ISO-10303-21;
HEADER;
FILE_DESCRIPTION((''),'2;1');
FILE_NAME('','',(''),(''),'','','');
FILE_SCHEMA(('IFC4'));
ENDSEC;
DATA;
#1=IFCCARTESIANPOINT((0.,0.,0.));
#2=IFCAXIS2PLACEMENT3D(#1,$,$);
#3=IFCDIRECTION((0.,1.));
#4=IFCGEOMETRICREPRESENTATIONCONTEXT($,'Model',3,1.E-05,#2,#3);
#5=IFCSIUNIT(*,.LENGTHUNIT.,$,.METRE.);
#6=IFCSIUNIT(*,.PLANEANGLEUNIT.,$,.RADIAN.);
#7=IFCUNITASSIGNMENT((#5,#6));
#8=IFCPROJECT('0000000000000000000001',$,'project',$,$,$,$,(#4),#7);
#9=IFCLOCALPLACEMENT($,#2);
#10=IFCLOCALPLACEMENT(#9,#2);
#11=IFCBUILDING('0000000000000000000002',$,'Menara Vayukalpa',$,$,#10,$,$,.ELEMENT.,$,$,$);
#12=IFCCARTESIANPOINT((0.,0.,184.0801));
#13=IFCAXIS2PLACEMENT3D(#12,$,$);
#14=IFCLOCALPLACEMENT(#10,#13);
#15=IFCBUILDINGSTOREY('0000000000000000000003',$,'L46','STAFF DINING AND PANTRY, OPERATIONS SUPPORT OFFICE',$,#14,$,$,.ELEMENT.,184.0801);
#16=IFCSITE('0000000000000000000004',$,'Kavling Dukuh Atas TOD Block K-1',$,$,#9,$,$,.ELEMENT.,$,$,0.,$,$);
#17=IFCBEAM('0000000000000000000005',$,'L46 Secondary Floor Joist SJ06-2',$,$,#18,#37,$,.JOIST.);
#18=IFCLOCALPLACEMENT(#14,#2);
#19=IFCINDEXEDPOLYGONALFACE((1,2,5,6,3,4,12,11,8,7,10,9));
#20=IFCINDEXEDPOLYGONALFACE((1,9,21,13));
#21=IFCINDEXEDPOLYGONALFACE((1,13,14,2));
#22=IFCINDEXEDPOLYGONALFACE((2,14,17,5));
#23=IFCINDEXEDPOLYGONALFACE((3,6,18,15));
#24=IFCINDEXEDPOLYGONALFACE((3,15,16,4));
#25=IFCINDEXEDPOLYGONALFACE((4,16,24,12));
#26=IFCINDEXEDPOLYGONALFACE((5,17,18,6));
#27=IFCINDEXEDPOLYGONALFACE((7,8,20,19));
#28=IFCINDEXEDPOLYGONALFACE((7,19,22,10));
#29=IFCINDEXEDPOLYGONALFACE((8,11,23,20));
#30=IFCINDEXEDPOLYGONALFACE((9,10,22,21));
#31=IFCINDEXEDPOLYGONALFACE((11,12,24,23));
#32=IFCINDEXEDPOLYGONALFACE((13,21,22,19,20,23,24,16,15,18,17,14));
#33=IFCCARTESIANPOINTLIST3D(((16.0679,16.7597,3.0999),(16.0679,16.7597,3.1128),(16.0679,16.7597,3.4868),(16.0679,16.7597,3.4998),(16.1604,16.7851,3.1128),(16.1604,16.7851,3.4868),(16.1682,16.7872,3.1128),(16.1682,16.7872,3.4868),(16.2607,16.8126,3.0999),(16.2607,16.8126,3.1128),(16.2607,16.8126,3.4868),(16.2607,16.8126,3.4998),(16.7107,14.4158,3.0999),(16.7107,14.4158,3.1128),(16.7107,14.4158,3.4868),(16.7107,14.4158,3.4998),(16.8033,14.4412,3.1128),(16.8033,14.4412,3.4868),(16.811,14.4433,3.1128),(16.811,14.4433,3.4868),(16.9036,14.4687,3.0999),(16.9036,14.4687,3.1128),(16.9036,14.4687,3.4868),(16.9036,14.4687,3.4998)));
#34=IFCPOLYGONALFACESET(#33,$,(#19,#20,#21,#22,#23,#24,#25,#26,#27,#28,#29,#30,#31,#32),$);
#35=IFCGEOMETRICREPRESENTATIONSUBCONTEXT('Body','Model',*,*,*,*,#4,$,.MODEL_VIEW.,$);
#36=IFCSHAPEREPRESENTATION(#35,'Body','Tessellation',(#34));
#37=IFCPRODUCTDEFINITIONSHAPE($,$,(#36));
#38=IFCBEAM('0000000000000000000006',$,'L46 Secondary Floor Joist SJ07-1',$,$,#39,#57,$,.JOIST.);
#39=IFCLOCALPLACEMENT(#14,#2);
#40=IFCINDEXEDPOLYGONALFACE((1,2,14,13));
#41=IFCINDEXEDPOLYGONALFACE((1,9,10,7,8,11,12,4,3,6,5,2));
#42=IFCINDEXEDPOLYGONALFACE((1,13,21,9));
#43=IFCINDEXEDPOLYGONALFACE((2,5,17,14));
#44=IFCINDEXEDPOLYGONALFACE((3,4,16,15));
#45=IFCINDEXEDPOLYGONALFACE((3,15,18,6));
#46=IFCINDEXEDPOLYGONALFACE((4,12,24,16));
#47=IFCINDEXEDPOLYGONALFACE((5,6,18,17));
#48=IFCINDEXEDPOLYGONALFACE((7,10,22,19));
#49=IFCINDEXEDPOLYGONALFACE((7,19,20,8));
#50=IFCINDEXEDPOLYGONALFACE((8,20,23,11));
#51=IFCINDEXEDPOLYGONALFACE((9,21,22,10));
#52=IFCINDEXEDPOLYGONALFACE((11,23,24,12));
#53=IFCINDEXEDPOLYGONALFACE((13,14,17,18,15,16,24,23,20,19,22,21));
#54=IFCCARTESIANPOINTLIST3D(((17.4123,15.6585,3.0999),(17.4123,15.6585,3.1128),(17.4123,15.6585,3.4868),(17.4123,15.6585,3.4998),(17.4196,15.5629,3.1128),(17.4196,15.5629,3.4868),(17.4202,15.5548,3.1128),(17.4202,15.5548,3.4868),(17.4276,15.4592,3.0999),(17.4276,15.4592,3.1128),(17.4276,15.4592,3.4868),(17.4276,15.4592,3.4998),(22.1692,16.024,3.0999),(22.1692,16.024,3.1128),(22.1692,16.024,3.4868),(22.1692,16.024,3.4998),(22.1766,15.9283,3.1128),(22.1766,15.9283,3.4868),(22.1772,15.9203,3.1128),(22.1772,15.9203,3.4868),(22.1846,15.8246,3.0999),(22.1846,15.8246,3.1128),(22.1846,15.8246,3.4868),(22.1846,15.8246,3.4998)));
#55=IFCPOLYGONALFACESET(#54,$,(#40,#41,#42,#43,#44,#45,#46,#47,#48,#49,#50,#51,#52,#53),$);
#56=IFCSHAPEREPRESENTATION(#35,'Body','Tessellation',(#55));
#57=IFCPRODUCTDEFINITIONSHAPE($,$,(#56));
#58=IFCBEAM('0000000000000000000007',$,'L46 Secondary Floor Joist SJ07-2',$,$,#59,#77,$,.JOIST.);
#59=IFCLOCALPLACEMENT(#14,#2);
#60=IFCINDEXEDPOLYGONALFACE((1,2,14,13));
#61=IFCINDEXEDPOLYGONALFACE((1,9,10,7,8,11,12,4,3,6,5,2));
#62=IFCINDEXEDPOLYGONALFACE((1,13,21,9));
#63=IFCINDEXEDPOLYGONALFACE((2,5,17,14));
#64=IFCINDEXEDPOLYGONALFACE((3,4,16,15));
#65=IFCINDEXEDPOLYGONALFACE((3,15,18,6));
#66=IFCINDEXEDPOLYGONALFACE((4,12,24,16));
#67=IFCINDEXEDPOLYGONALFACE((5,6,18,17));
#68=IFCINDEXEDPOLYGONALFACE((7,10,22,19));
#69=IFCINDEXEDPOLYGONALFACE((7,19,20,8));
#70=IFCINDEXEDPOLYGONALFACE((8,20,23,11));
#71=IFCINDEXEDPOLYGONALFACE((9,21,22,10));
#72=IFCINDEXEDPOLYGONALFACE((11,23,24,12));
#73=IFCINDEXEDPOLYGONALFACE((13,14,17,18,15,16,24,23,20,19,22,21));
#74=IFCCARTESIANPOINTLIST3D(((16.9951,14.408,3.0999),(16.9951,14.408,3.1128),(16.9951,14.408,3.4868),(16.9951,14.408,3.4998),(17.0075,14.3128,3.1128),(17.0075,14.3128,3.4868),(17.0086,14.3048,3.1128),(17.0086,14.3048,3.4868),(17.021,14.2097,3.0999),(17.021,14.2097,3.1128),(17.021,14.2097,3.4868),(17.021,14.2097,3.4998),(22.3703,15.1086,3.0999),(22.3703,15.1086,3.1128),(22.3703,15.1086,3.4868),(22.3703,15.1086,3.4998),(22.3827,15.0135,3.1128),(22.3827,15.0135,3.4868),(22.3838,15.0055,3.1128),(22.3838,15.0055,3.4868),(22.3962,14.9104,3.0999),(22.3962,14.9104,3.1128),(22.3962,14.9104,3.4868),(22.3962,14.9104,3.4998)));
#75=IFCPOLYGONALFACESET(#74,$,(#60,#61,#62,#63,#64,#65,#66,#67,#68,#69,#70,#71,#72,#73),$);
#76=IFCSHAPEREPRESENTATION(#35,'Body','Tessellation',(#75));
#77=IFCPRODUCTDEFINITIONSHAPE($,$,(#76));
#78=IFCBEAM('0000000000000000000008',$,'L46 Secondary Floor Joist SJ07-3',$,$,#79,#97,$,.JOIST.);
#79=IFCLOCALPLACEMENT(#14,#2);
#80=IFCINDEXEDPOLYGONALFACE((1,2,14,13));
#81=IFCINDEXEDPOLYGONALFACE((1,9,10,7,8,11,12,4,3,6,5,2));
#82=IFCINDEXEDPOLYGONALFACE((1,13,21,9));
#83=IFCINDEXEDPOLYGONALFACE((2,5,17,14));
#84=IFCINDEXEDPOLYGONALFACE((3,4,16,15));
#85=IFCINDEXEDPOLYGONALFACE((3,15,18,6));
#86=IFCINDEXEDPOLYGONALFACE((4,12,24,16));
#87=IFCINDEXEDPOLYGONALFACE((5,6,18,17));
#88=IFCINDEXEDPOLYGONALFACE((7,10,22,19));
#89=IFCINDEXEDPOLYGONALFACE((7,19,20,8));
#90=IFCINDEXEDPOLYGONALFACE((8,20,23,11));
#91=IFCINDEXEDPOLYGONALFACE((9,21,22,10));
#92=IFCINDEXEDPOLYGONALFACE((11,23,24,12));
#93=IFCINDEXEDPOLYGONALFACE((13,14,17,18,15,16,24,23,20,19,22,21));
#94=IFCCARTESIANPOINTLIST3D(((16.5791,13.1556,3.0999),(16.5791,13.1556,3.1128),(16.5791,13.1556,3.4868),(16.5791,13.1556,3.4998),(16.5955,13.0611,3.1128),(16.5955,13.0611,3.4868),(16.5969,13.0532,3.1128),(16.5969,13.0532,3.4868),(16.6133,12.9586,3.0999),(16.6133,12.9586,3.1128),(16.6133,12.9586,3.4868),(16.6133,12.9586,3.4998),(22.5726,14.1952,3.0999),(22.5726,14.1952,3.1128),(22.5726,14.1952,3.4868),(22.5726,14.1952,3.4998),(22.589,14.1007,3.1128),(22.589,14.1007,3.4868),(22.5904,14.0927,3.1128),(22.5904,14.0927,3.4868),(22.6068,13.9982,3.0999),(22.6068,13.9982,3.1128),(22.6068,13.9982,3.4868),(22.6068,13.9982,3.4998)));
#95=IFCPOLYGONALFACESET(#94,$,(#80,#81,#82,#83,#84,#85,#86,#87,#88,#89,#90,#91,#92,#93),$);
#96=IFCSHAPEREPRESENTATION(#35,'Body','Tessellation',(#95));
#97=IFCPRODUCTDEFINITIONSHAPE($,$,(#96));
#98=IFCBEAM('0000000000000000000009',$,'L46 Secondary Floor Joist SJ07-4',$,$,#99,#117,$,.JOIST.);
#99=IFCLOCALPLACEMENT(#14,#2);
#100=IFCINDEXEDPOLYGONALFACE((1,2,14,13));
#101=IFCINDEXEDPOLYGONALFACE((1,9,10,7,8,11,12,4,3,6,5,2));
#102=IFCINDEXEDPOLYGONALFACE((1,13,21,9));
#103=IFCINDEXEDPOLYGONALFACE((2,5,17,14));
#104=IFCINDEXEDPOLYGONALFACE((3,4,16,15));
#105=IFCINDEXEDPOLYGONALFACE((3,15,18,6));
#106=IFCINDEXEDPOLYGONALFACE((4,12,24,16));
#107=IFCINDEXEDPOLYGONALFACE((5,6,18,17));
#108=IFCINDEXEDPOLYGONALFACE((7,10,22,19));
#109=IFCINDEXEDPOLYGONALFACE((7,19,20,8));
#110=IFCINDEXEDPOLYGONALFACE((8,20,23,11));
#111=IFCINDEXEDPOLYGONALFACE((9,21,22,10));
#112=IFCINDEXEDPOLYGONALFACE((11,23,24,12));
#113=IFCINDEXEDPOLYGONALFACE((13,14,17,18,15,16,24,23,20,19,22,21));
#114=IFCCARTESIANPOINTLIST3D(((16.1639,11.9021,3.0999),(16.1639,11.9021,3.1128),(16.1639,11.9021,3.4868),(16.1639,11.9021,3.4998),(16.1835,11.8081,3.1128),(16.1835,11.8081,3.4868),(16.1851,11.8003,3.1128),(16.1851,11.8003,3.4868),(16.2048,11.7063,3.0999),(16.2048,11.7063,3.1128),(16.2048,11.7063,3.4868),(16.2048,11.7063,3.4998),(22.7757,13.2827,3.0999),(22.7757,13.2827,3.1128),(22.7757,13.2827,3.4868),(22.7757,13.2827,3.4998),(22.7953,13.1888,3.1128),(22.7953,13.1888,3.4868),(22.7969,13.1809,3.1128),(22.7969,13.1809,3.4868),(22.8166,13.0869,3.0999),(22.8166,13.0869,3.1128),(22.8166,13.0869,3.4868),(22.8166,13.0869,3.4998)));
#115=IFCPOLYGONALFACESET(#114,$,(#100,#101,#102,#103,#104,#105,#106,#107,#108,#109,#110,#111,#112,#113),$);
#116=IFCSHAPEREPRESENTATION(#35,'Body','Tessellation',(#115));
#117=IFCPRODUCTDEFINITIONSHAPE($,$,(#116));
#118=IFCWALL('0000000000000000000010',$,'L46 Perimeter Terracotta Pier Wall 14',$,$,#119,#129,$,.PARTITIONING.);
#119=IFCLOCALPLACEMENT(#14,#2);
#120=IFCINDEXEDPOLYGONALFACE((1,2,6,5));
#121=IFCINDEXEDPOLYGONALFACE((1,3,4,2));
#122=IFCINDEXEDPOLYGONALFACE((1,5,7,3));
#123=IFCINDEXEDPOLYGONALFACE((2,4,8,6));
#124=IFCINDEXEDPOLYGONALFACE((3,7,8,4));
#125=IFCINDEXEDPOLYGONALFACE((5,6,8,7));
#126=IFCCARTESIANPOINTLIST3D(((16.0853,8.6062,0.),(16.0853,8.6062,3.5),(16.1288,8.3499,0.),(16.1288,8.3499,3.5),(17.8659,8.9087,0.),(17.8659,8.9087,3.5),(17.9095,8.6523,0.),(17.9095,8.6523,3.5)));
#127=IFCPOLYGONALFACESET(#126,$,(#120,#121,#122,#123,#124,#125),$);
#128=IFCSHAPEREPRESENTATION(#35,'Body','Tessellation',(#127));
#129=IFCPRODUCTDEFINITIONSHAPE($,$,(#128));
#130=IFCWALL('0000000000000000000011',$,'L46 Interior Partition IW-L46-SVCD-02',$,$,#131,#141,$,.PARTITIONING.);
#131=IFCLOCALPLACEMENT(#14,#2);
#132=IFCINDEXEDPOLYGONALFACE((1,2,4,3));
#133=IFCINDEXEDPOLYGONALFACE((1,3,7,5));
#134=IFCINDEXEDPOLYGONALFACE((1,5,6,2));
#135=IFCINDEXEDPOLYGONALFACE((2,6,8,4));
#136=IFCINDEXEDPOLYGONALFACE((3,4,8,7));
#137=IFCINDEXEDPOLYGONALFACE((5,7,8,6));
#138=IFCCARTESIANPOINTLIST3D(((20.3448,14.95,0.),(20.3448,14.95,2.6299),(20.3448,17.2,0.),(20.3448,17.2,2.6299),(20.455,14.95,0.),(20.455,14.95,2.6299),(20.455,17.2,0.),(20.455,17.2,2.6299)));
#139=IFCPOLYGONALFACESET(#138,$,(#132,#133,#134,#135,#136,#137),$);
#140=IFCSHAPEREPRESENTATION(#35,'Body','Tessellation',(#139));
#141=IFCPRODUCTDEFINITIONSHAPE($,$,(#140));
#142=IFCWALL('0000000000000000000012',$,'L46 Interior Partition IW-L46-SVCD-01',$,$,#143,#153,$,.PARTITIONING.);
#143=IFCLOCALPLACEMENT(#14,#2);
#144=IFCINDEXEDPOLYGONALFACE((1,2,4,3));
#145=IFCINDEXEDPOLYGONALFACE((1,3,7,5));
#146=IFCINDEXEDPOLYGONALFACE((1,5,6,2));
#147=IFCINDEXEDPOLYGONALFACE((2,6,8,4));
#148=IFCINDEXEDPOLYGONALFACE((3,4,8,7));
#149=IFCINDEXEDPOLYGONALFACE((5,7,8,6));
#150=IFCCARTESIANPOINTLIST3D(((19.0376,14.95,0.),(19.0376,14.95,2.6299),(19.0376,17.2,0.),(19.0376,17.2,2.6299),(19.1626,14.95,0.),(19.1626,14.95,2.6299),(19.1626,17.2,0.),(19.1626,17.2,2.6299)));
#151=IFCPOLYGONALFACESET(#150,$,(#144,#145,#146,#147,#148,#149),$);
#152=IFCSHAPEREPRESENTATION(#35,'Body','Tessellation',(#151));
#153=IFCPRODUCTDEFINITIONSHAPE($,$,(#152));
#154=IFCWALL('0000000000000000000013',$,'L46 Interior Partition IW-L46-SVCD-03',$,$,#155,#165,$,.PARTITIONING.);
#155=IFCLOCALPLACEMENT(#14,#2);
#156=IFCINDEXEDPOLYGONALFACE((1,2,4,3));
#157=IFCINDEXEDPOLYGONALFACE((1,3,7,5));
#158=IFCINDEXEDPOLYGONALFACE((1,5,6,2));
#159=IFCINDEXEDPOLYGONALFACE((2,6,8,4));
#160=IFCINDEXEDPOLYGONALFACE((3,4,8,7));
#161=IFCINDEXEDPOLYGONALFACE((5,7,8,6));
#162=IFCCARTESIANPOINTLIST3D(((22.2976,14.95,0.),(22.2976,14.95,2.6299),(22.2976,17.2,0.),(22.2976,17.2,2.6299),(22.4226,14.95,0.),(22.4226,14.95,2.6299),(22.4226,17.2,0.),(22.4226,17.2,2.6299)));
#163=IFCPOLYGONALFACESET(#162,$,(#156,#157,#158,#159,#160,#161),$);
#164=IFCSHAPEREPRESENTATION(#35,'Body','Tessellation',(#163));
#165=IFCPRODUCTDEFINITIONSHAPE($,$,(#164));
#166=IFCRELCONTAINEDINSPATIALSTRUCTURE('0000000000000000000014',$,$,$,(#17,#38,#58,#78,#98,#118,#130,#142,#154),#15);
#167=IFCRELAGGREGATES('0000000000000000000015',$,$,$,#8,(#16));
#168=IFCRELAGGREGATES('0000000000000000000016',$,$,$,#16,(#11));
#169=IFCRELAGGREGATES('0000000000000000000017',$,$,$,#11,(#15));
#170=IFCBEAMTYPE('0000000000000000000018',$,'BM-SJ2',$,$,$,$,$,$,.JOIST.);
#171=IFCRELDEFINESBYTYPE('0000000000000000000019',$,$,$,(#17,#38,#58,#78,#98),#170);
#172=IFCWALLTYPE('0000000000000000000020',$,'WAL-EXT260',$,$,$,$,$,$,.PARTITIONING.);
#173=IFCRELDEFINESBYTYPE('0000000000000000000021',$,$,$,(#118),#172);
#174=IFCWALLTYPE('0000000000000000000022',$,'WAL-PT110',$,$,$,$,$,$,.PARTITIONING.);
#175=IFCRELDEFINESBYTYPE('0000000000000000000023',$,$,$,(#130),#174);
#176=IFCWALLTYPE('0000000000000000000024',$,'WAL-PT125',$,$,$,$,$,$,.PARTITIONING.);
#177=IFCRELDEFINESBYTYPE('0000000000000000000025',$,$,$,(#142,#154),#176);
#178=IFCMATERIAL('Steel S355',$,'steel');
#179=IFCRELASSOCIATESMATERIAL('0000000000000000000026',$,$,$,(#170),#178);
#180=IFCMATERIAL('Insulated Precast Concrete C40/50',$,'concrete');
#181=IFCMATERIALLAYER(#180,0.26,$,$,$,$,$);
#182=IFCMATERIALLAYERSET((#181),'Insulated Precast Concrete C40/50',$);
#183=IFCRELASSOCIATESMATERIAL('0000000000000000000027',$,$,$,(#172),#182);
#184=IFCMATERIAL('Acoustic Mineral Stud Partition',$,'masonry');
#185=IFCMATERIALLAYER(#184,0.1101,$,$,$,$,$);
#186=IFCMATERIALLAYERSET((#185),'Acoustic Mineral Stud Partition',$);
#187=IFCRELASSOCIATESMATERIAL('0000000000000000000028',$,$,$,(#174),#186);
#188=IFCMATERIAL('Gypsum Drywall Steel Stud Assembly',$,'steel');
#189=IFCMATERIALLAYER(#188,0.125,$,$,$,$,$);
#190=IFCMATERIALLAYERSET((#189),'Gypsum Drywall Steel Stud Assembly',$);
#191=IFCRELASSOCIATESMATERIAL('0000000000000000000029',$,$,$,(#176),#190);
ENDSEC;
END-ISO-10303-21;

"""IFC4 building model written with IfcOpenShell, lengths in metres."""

from ifc_helpers import new_model, si_unit, direction, frame, frame_2d, origin, origin_2d, place, context, subcontext, project, spatial, rectangle, i_section, extrude, material, layer, layer_set, material_profile, profile_set, type_object, element, save


model = new_model("IFC4")

# Units and contexts
model_context = context("Model", 3, precision=1e-05, world=origin(), true_north=direction((0.0, 1.0)))
body_context = subcontext(model_context, "Body", "Model", "MODEL_VIEW")
ifc_project = project(units=[si_unit("LENGTHUNIT", "METRE"), si_unit("PLANEANGLEUNIT", "RADIAN")], contexts=[model_context])

# Site, building, storey
site_placement = place(None, origin())
site = spatial("IfcSite", under=ifc_project, at=site_placement, Name="Kavling Dukuh Atas TOD Block K-1", CompositionType="ELEMENT", RefElevation=0.0)
building_placement = place(site_placement, origin())
building = spatial("IfcBuilding", under=site, at=building_placement, Name="Menara Vayukalpa", CompositionType="ELEMENT")
storey_placement = place(building_placement, frame((0.0, 0.0, 184.0801)))
storey = spatial("IfcBuildingStorey", under=building, at=storey_placement, Name="L46", Description="STAFF DINING AND PANTRY, OPERATIONS SUPPORT OFFICE", CompositionType="ELEMENT", Elevation=184.0801)

# Beams
ifc_material_1 = material(Name="Steel S355", Category="steel")
ifc_material_profile = material_profile(ifc_material_1, i_section(OverallWidth=0.2, OverallDepth=0.3999, WebThickness=0.0081, FlangeThickness=0.0129, at=origin_2d()), Name="WF 400x200x8x13")
ifc_profile_set = profile_set([ifc_material_profile], Name="Steel S355")
beam_type = type_object("IfcBeamType", Name="BM-SJ2", PredefinedType="JOIST", material=ifc_profile_set)
beam_1_placement = place(storey_placement, frame((16.1643, 16.7861, 3.2998), z_axis=(0.264503, -0.964385, 0.0), x_axis=(0.964385, 0.264503, 0.0)))
element("IfcBeam", 1, at=beam_1_placement, inside=storey, type_object=beam_type, Name="L46 Secondary Floor Joist SJ06-2", PredefinedType="JOIST", context=body_context, shape_type="SweptSolid", body=[
    extrude(i_section(OverallWidth=0.2, OverallDepth=0.3999, WebThickness=0.0081, FlangeThickness=0.0129, at=origin_2d()), origin(), (0.0, 0.0, 1.0), 2.4304),
])
beam_2_placement = place(storey_placement, frame((17.4199, 15.5588, 3.2998), z_axis=(0.997062, 0.076603, 0.0), x_axis=(-0.076603, 0.997062, 0.0)))
element("IfcBeam", 2, at=beam_2_placement, inside=storey, type_object=beam_type, Name="L46 Secondary Floor Joist SJ07-1", PredefinedType="JOIST", context=body_context, shape_type="SweptSolid", body=[
    extrude(i_section(OverallWidth=0.2, OverallDepth=0.3999, WebThickness=0.0081, FlangeThickness=0.0129, at=origin_2d()), origin(), (0.0, 0.0, 1.0), 4.771),
])
beam_3_placement = place(storey_placement, frame((17.0081, 14.3088, 3.2998), z_axis=(0.991611, 0.12926, 0.0), x_axis=(-0.12926, 0.991611, 0.0)))
element("IfcBeam", 3, at=beam_3_placement, inside=storey, type_object=beam_type, Name="L46 Secondary Floor Joist SJ07-2", PredefinedType="JOIST", context=body_context, shape_type="SweptSolid", body=[
    extrude(i_section(OverallWidth=0.2, OverallDepth=0.3999, WebThickness=0.0081, FlangeThickness=0.0129, at=origin_2d()), origin(), (0.0, 0.0, 1.0), 5.4207),
])
beam_4_placement = place(storey_placement, frame((16.5962, 13.0571, 3.2998), z_axis=(0.985289, 0.170897, 0.0), x_axis=(-0.170897, 0.985289, 0.0)))
element("IfcBeam", 4, at=beam_4_placement, inside=storey, type_object=beam_type, Name="L46 Secondary Floor Joist SJ07-3", PredefinedType="JOIST", context=body_context, shape_type="SweptSolid", body=[
    extrude(i_section(OverallWidth=0.2, OverallDepth=0.3999, WebThickness=0.0081, FlangeThickness=0.0129, at=origin_2d()), origin(), (0.0, 0.0, 1.0), 6.083),
])
beam_5_placement = place(storey_placement, frame((16.1843, 11.8042, 3.2998), z_axis=(0.978887, 0.204402, 0.0), x_axis=(-0.204402, 0.978887, 0.0)))
element("IfcBeam", 5, at=beam_5_placement, inside=storey, type_object=beam_type, Name="L46 Secondary Floor Joist SJ07-4", PredefinedType="JOIST", context=body_context, shape_type="SweptSolid", body=[
    extrude(i_section(OverallWidth=0.2, OverallDepth=0.3999, WebThickness=0.0081, FlangeThickness=0.0129, at=origin_2d()), origin(), (0.0, 0.0, 1.0), 6.7544),
])

# Walls
ifc_material_2 = material(Name="Insulated Precast Concrete C40/50", Category="concrete")
ifc_layer_1 = layer(ifc_material_2, 0.26)
ifc_layer_set_1 = layer_set([ifc_layer_1], Name="Insulated Precast Concrete C40/50")
wall_type_1 = type_object("IfcWallType", Name="WAL-EXT260", PredefinedType="PARTITIONING", material=ifc_layer_set_1)
wall_1_placement = place(storey_placement, frame((17.8877, 8.7805, 0.0), z_axis=(0.0, 0.0, 1.0), x_axis=(-0.985878, -0.167467, 0.0)))
element("IfcWall", 6, at=wall_1_placement, inside=storey, type_object=wall_type_1, Name="L46 Perimeter Terracotta Pier Wall 14", PredefinedType="PARTITIONING", context=body_context, shape_type="SweptSolid", body=[
    extrude(rectangle(XDim=1.8062, YDim=0.26, at=frame_2d((0.9031, 0.0))), origin(), (0.0, 0.0, 1.0), 3.5),
])
ifc_material_3 = material(Name="Acoustic Mineral Stud Partition", Category="masonry")
ifc_layer_2 = layer(ifc_material_3, 0.1101)
ifc_layer_set_2 = layer_set([ifc_layer_2], Name="Acoustic Mineral Stud Partition")
wall_type_2 = type_object("IfcWallType", Name="WAL-PT110", PredefinedType="PARTITIONING", material=ifc_layer_set_2)
wall_2_placement = place(storey_placement, frame((20.3999, 14.95, 0.0), z_axis=(0.0, 0.0, 1.0), x_axis=(0.0, 1.0, 0.0)))
element("IfcWall", 7, at=wall_2_placement, inside=storey, type_object=wall_type_2, Name="L46 Interior Partition IW-L46-SVCD-02", PredefinedType="PARTITIONING", context=body_context, shape_type="SweptSolid", body=[
    extrude(rectangle(XDim=2.25, YDim=0.1101, at=frame_2d((1.125, 0.0))), origin(), (0.0, 0.0, 1.0), 2.6299),
])
ifc_material_4 = material(Name="Gypsum Drywall Steel Stud Assembly", Category="steel")
ifc_layer_3 = layer(ifc_material_4, 0.125)
ifc_layer_set_3 = layer_set([ifc_layer_3], Name="Gypsum Drywall Steel Stud Assembly")
wall_type_3 = type_object("IfcWallType", Name="WAL-PT125", PredefinedType="PARTITIONING", material=ifc_layer_set_3)
for number, where, z_axis, x_axis, name in (
    (8, (19.1001, 14.95, 0.0), (0.0, 0.0, 1.0), (0.0, 1.0, 0.0), "L46 Interior Partition IW-L46-SVCD-01"),
    (9, (22.3601, 14.95, 0.0), (0.0, 0.0, 1.0), (0.0, 1.0, 0.0), "L46 Interior Partition IW-L46-SVCD-03"),
):
    element("IfcWall", number, at=place(storey_placement, frame(where, z_axis=z_axis, x_axis=x_axis)), inside=storey, type_object=wall_type_3, Name=name, PredefinedType="PARTITIONING", context=body_context, shape_type="SweptSolid", body=[
        extrude(rectangle(XDim=2.25, YDim=0.125, at=frame_2d((1.125, 0.0))), origin(), (0.0, 0.0, 1.0), 2.6299),
    ])

save(model, "model.ifc")
